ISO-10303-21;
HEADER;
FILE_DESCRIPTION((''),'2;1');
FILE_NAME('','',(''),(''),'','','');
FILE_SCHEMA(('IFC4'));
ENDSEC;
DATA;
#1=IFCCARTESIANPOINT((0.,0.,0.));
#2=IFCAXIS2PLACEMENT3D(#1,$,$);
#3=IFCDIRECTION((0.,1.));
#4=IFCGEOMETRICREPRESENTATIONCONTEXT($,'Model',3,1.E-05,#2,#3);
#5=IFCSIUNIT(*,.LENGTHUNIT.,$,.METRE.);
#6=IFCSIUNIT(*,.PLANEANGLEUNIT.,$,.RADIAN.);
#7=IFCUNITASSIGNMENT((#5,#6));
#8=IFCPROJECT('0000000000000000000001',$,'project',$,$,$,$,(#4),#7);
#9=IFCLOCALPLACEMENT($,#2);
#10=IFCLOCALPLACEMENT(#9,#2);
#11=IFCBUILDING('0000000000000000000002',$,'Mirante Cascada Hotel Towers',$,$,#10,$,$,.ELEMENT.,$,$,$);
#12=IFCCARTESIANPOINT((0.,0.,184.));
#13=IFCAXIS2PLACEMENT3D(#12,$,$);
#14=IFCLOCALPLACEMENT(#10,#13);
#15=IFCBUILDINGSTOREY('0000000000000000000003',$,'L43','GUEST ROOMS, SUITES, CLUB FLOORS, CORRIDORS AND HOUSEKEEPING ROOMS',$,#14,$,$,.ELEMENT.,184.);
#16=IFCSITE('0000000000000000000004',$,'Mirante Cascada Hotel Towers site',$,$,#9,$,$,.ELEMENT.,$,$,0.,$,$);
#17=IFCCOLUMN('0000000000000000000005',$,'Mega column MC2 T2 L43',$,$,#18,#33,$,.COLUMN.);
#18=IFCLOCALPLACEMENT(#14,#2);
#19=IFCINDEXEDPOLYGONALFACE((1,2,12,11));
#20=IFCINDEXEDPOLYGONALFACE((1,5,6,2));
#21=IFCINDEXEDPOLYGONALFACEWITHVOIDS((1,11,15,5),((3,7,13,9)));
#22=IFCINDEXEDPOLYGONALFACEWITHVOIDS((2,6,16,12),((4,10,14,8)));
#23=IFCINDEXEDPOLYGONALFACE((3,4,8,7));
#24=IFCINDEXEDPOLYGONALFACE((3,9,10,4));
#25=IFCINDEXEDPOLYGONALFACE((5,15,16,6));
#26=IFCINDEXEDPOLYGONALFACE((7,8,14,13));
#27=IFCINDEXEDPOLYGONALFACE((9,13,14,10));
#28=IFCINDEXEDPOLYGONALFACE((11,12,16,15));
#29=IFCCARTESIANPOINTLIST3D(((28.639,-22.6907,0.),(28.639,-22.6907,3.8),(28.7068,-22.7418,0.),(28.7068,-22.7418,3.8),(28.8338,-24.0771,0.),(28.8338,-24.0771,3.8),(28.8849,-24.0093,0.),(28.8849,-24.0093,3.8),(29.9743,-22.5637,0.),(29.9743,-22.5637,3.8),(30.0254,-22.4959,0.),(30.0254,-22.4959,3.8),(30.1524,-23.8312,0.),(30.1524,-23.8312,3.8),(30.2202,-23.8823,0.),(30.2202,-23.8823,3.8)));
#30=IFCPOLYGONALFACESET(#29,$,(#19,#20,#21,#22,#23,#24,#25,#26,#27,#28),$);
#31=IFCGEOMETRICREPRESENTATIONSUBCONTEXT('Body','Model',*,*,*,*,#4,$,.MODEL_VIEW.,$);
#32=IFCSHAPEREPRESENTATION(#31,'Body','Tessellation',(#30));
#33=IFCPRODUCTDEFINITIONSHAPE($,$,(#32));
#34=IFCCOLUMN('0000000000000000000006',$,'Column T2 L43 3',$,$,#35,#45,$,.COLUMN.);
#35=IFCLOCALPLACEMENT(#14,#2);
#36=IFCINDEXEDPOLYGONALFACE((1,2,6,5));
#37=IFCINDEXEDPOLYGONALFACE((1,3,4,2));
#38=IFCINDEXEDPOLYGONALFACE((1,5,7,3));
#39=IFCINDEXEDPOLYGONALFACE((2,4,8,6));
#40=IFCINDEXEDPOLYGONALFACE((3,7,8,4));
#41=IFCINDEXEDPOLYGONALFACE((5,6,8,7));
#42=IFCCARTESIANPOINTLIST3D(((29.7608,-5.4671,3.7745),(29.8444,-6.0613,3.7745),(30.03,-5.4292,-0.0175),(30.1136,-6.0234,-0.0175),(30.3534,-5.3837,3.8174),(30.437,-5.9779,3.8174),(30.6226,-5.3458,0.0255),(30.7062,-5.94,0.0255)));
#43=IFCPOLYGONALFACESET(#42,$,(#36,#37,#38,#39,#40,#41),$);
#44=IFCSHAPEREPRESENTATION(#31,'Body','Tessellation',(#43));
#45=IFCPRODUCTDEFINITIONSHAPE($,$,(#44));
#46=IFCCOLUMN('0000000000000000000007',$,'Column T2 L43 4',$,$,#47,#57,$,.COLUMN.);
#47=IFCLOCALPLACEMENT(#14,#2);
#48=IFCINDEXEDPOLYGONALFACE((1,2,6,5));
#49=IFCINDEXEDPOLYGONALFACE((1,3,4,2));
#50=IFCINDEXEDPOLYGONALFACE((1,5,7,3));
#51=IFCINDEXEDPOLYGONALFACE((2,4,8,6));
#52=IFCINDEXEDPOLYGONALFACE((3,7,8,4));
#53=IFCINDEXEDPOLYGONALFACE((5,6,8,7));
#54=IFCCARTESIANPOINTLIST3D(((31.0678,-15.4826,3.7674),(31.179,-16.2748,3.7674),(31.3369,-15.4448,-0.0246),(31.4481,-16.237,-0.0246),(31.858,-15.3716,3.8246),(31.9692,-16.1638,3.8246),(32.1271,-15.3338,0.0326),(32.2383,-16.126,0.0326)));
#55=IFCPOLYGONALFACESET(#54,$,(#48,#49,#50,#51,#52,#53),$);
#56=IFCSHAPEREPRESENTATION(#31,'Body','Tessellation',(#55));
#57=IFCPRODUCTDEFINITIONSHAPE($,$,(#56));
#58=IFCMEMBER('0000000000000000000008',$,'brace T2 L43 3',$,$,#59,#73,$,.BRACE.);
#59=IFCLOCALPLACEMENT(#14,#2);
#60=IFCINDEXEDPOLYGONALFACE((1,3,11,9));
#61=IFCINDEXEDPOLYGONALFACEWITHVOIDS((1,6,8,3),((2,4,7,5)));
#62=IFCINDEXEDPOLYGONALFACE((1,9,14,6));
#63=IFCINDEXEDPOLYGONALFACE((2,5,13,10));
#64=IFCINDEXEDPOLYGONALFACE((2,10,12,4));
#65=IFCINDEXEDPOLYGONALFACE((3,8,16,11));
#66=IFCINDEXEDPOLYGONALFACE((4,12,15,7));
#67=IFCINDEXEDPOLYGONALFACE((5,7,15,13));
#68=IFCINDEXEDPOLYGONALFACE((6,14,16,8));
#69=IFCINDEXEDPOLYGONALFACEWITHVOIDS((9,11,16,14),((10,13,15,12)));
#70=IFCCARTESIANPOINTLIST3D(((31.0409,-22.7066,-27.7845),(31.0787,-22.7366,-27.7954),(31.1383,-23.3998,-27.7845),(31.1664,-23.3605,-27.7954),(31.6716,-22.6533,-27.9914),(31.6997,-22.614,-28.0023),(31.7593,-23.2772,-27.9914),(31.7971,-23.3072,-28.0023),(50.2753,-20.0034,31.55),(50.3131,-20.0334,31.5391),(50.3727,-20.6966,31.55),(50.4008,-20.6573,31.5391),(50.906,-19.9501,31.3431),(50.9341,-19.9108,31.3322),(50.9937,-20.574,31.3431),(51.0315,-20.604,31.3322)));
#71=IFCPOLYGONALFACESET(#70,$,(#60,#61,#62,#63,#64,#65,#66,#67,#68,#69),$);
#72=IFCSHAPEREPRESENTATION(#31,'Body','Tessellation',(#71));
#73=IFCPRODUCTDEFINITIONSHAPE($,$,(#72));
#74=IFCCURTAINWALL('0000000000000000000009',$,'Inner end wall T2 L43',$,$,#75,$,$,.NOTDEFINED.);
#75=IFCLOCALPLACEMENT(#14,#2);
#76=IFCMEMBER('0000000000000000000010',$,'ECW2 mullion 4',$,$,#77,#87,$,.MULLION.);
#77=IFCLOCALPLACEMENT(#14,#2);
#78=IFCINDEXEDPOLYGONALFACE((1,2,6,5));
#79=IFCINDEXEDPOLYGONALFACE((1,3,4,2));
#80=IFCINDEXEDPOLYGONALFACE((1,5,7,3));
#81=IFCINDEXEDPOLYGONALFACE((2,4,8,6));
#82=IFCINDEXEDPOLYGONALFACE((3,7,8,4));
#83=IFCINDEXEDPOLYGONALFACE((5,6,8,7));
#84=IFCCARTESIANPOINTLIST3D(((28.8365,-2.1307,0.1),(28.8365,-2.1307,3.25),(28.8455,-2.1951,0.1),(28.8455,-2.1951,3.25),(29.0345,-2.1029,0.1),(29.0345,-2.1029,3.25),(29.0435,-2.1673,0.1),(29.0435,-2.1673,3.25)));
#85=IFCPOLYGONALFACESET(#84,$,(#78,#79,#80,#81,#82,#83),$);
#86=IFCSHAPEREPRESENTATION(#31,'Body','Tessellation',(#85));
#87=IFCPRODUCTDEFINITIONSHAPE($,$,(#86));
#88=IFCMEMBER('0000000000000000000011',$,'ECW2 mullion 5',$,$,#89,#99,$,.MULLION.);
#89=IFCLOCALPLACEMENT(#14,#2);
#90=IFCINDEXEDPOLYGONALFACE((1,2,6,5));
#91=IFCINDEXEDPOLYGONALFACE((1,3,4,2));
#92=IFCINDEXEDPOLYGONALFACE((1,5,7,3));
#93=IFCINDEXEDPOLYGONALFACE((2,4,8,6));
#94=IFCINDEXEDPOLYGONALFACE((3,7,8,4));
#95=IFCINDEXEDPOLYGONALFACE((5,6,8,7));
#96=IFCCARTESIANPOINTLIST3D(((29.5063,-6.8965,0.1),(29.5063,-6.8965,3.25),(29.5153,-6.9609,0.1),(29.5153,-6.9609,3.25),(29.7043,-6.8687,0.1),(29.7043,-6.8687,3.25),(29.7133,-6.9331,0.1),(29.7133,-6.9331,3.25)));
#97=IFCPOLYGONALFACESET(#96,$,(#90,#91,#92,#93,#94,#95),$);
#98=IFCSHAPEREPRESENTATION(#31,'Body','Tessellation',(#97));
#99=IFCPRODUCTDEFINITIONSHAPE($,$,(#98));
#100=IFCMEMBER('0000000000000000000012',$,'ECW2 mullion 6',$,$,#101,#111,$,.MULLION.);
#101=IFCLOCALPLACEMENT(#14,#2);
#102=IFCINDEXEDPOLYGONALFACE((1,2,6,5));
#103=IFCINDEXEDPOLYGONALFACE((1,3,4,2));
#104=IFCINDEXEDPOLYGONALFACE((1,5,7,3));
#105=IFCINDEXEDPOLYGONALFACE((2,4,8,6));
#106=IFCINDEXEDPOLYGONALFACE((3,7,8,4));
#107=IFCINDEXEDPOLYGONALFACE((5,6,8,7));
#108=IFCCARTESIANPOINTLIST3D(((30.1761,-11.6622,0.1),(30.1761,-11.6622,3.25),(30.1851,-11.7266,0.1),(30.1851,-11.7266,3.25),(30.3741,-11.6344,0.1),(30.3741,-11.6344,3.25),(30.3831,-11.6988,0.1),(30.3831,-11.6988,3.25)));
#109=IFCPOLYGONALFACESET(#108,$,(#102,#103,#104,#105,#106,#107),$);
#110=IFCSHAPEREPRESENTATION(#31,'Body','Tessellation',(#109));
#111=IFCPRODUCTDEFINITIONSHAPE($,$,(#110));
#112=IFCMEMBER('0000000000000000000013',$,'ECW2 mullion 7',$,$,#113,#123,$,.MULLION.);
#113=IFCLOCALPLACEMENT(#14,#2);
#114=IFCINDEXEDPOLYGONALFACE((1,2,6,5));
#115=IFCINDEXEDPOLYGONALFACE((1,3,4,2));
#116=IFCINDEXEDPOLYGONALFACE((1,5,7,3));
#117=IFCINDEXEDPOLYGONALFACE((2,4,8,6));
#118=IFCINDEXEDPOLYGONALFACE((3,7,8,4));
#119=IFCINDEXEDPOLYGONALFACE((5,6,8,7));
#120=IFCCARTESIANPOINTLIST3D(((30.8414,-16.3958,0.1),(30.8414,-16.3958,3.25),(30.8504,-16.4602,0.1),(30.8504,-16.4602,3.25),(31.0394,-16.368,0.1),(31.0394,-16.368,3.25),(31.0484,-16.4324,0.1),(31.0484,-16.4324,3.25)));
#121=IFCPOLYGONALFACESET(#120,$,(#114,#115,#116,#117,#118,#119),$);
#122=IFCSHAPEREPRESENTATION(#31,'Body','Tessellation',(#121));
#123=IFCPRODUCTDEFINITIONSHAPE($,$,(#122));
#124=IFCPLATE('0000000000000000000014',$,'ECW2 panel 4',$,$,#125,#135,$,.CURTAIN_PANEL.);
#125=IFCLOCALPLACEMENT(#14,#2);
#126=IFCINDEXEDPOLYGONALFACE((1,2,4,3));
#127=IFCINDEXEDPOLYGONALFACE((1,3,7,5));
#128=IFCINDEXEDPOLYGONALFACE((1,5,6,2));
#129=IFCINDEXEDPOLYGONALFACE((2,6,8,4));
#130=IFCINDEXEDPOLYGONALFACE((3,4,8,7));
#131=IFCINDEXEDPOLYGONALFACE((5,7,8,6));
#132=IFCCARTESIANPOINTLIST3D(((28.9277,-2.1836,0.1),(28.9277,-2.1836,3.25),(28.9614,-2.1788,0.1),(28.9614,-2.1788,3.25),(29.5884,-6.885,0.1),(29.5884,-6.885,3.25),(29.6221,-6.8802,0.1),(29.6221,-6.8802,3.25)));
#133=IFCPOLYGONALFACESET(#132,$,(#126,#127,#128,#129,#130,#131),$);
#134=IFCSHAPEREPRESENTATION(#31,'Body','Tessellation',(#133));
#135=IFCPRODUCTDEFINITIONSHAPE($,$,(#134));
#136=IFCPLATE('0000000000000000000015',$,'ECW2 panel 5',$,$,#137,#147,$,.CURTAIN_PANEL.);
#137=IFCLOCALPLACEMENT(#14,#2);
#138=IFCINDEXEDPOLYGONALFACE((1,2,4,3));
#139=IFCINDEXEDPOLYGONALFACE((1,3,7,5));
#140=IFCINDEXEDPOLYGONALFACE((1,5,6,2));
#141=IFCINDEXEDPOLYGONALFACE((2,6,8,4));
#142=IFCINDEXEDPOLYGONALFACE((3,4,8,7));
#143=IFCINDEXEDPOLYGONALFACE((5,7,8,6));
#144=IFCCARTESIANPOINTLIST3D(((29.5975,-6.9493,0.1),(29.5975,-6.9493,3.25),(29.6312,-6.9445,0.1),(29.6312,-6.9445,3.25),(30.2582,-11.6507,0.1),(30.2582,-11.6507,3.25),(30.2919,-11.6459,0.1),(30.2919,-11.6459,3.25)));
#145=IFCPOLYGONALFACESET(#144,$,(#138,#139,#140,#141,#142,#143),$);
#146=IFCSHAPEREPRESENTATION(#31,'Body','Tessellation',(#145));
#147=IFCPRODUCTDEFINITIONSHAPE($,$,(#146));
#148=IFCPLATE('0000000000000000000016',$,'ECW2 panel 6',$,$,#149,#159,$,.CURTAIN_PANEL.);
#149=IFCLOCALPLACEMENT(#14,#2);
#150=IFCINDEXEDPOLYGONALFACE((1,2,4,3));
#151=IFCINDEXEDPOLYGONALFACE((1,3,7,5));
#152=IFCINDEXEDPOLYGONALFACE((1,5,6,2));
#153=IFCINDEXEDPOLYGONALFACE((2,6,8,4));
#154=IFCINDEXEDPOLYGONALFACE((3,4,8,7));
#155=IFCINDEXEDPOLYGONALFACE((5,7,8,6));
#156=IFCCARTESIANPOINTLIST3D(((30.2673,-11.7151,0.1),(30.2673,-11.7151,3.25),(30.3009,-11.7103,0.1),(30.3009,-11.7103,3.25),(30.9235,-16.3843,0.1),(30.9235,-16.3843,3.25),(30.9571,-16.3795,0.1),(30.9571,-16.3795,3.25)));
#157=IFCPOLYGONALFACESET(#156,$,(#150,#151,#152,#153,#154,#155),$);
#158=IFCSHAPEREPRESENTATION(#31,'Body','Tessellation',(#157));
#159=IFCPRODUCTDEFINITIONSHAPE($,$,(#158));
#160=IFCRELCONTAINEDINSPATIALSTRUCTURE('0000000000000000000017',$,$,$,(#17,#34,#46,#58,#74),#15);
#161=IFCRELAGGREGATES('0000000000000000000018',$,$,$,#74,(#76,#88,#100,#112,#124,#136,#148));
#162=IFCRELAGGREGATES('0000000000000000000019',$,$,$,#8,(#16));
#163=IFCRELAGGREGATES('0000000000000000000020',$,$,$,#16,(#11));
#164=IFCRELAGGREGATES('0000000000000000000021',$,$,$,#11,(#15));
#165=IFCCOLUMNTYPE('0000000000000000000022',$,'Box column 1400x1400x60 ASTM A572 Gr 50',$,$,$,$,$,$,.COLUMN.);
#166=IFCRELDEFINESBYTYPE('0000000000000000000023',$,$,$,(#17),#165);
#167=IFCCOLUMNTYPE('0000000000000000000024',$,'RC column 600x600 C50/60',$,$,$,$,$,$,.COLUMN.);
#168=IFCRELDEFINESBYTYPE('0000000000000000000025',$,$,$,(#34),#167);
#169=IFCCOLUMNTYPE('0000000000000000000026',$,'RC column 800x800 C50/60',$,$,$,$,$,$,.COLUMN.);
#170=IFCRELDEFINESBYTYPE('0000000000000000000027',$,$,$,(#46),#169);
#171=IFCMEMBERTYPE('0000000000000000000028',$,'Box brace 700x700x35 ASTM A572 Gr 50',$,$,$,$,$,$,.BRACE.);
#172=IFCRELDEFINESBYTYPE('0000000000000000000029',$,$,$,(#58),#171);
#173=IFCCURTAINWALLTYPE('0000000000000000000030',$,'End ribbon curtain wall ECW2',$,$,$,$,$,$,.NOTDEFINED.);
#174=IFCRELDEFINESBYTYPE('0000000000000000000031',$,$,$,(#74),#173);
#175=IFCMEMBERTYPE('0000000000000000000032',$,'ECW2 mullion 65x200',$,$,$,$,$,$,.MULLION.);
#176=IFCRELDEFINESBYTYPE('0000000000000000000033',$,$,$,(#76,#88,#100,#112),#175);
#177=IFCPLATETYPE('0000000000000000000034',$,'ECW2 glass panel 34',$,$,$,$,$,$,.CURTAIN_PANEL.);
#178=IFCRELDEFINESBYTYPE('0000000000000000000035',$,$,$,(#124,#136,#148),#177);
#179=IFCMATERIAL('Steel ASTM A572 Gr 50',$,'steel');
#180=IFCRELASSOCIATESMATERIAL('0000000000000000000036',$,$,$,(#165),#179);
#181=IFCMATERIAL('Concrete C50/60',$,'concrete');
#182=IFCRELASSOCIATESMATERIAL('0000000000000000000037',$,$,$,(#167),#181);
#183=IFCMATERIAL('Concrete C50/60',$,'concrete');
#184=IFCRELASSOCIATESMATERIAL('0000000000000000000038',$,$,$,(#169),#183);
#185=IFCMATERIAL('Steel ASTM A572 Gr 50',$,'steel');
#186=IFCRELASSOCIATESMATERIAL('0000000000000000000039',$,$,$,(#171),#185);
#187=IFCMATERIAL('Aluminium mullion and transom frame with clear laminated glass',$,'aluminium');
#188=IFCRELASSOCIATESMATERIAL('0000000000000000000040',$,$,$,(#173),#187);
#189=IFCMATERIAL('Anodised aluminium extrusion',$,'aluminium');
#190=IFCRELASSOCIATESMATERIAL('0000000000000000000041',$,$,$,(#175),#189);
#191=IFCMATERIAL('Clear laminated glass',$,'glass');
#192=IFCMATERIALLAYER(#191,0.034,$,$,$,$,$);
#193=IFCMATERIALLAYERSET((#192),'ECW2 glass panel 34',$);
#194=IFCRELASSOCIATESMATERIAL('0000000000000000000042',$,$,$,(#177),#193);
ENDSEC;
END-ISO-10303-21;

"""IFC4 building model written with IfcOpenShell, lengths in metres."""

from ifc_helpers import new_model, si_unit, direction, frame, origin, origin_2d, place, context, subcontext, project, spatial, rectangle, hollow_rectangle, extrude, material, layer, layer_set, material_profile, profile_set, type_object, element, aggregate, save


model = new_model("IFC4")

# Units and contexts
model_context = context("Model", 3, precision=1e-05, world=origin(), true_north=direction((0.0, 1.0)))
body_context = subcontext(model_context, "Body", "Model", "MODEL_VIEW")
ifc_project = project(units=[si_unit("LENGTHUNIT", "METRE"), si_unit("PLANEANGLEUNIT", "RADIAN")], contexts=[model_context])

# Site, building, storey
site_placement = place(None, origin())
site = spatial("IfcSite", under=ifc_project, at=site_placement, Name="Mirante Cascada Hotel Towers site", CompositionType="ELEMENT", RefElevation=0.0)
building_placement = place(site_placement, origin())
building = spatial("IfcBuilding", under=site, at=building_placement, Name="Mirante Cascada Hotel Towers", CompositionType="ELEMENT")
storey_placement = place(building_placement, frame((0.0, 0.0, 184.0)))
storey = spatial("IfcBuildingStorey", under=building, at=storey_placement, Name="L43", Description="GUEST ROOMS, SUITES, CLUB FLOORS, CORRIDORS AND HOUSEKEEPING ROOMS", CompositionType="ELEMENT", Elevation=184.0)

# Columns
ifc_material_1 = material(Name="Steel ASTM A572 Gr 50", Category="steel")
ifc_material_profile_1 = material_profile(ifc_material_1, hollow_rectangle(XDim=1.4, YDim=1.4, WallThickness=0.06, at=origin_2d()), Name="Box column 1400x1400x60 ASTM A572 Gr 50")
ifc_profile_set_1 = profile_set([ifc_material_profile_1], Name="Steel ASTM A572 Gr 50")
column_type_1 = type_object("IfcColumnType", Name="Box column 1400x1400x60 ASTM A572 Gr 50", PredefinedType="COLUMN", material=ifc_profile_set_1)
column_1_placement = place(storey_placement, frame((29.4296, -23.2865, 0.0), z_axis=(0.0, 0.0, 1.0), x_axis=(0.990268, 0.139173, 0.0)))
element("IfcColumn", 1, at=column_1_placement, inside=storey, type_object=column_type_1, Name="Mega column MC2 T2 L43", PredefinedType="COLUMN", context=body_context, shape_type="SweptSolid", body=[
    extrude(hollow_rectangle(XDim=1.4, YDim=1.4, WallThickness=0.06, at=origin_2d()), origin(), (0.0, 0.0, 1.0), 3.8),
])
ifc_material_2 = material(Name="Concrete C50/60", Category="concrete")
ifc_material_profile_2 = material_profile(ifc_material_2, rectangle(XDim=0.6, YDim=0.6, at=origin_2d()), Name="RC column 600x600 C50/60")
ifc_profile_set_2 = profile_set([ifc_material_profile_2], Name="Concrete C50/60")
column_type_2 = type_object("IfcColumnType", Name="RC column 600x600 C50/60", PredefinedType="COLUMN", material=ifc_profile_set_2)
column_2_placement = place(storey_placement, frame((30.3681, -5.6846, 0.004), z_axis=(-0.07081, -0.009969, 0.99744), x_axis=(0.139413, -0.990234, 0.0)))
element("IfcColumn", 2, at=column_2_placement, inside=storey, type_object=column_type_2, Name="Column T2 L43 3", PredefinedType="COLUMN", context=body_context, shape_type="SweptSolid", body=[
    extrude(rectangle(XDim=0.6, YDim=0.6, at=origin_2d()), origin(), (0.0, 0.0, 1.0), 3.8017),
])
ifc_material_3 = material(Name="Concrete C50/60", Category="concrete")
ifc_material_profile_3 = material_profile(ifc_material_3, rectangle(XDim=0.8, YDim=0.8, at=origin_2d()), Name="RC column 800x800 C50/60")
ifc_profile_set_3 = profile_set([ifc_material_profile_3], Name="Concrete C50/60")
column_type_3 = type_object("IfcColumnType", Name="RC column 800x800 C50/60", PredefinedType="COLUMN", material=ifc_profile_set_3)
column_3_placement = place(storey_placement, frame((31.7876, -15.7854, 0.004), z_axis=(-0.070784, -0.009943, 0.997442), x_axis=(0.139103, -0.990278, 0.0)))
element("IfcColumn", 3, at=column_3_placement, inside=storey, type_object=column_type_3, Name="Column T2 L43 4", PredefinedType="COLUMN", context=body_context, shape_type="SweptSolid", body=[
    extrude(rectangle(XDim=0.8, YDim=0.8, at=origin_2d()), origin(), (0.0, 0.0, 1.0), 3.8017),
])

# Member
ifc_material_4 = material(Name="Steel ASTM A572 Gr 50", Category="steel")
ifc_material_profile_4 = material_profile(ifc_material_4, hollow_rectangle(XDim=0.7, YDim=0.7, WallThickness=0.035, at=origin_2d()), Name="Box brace 700x700x35 ASTM A572 Gr 50")
ifc_profile_set_4 = profile_set([ifc_material_profile_4], Name="Steel ASTM A572 Gr 50")
member_type_1 = type_object("IfcMemberType", Name="Box brace 700x700x35 ASTM A572 Gr 50", PredefinedType="BRACE", material=ifc_profile_set_4)
member_1_placement = place(storey_placement, frame((31.419, -23.0069, -27.8934), z_axis=(0.308082, 0.043298, 0.950374), x_axis=(-0.139172, 0.990268, 0.0)))
element("IfcMember", 4, at=member_1_placement, inside=storey, type_object=member_type_1, Name="brace T2 L43 3", PredefinedType="BRACE", context=body_context, shape_type="SweptSolid", body=[
    extrude(hollow_rectangle(XDim=0.7, YDim=0.7, WallThickness=0.035, at=origin_2d()), origin(), (0.0, 0.0, 1.0), 62.4328),
])

# Curtain wall, members, plates
ifc_material_5 = material(Name="Aluminium mullion and transom frame with clear laminated glass", Category="aluminium")
curtain_wall_type = type_object("IfcCurtainWallType", Name="End ribbon curtain wall ECW2", PredefinedType="NOTDEFINED", material=ifc_material_5)
curtain_wall_placement = place(storey_placement, origin())
curtain_wall = element("IfcCurtainWall", 5, at=curtain_wall_placement, inside=storey, type_object=curtain_wall_type, Name="Inner end wall T2 L43", PredefinedType="NOTDEFINED")
ifc_material_6 = material(Name="Anodised aluminium extrusion", Category="aluminium")
ifc_material_profile_5 = material_profile(ifc_material_6, rectangle(XDim=0.2, YDim=0.065, at=origin_2d()), Name="ECW2 MULLION 65x200")
ifc_profile_set_5 = profile_set([ifc_material_profile_5], Name="Anodised aluminium extrusion")
member_type_2 = type_object("IfcMemberType", Name="ECW2 mullion 65x200", PredefinedType="MULLION", material=ifc_profile_set_5)
member_2_placement = place(storey_placement, frame((28.94, -2.149, 0.1), z_axis=(0.0, 0.0, 1.0), x_axis=(0.990268, 0.139173, 0.0)))
member_2 = element("IfcMember", 6, at=member_2_placement, type_object=member_type_2, Name="ECW2 mullion 4", PredefinedType="MULLION", context=body_context, shape_type="SweptSolid", body=[
    extrude(rectangle(XDim=0.2, YDim=0.065, at=origin_2d()), origin(), (0.0, 0.0, 1.0), 3.15),
])
member_3_placement = place(storey_placement, frame((29.6098, -6.9148, 0.1), z_axis=(0.0, 0.0, 1.0), x_axis=(0.990268, 0.139173, 0.0)))
member_3 = element("IfcMember", 7, at=member_3_placement, type_object=member_type_2, Name="ECW2 mullion 5", PredefinedType="MULLION", context=body_context, shape_type="SweptSolid", body=[
    extrude(rectangle(XDim=0.2, YDim=0.065, at=origin_2d()), origin(), (0.0, 0.0, 1.0), 3.15),
])
member_4_placement = place(storey_placement, frame((30.2796, -11.6805, 0.1), z_axis=(0.0, 0.0, 1.0), x_axis=(0.990268, 0.139173, 0.0)))
member_4 = element("IfcMember", 8, at=member_4_placement, type_object=member_type_2, Name="ECW2 mullion 6", PredefinedType="MULLION", context=body_context, shape_type="SweptSolid", body=[
    extrude(rectangle(XDim=0.2, YDim=0.065, at=origin_2d()), origin(), (0.0, 0.0, 1.0), 3.15),
])
member_5_placement = place(storey_placement, frame((30.9449, -16.4141, 0.1), z_axis=(0.0, 0.0, 1.0), x_axis=(0.990268, 0.139173, 0.0)))
member_5 = element("IfcMember", 9, at=member_5_placement, type_object=member_type_2, Name="ECW2 mullion 7", PredefinedType="MULLION", context=body_context, shape_type="SweptSolid", body=[
    extrude(rectangle(XDim=0.2, YDim=0.065, at=origin_2d()), origin(), (0.0, 0.0, 1.0), 3.15),
])
ifc_material_7 = material(Name="Clear laminated glass", Category="glass")
ifc_layer_1 = layer(ifc_material_7, 0.034)
ifc_layer_set_1 = layer_set([ifc_layer_1], Name="ECW2 glass panel 34")
plate_type = type_object("IfcPlateType", Name="ECW2 glass panel 34", PredefinedType="CURTAIN_PANEL", material=ifc_layer_set_1)
plate_1_placement = place(storey_placement, frame((29.2749, -4.5319, 0.1), z_axis=(0.0, 0.0, 1.0), x_axis=(0.139173, -0.990268, 0.0)))
plate_1 = element("IfcPlate", 10, at=plate_1_placement, type_object=plate_type, Name="ECW2 panel 4", PredefinedType="CURTAIN_PANEL", context=body_context, shape_type="SweptSolid", body=[
    extrude(rectangle(XDim=4.7476, YDim=0.034, at=origin_2d()), origin(), (0.0, 0.0, 1.0), 3.15),
])
plate_2_placement = place(storey_placement, frame((29.9447, -9.2976, 0.1), z_axis=(0.0, 0.0, 1.0), x_axis=(0.139173, -0.990268, 0.0)))
plate_2 = element("IfcPlate", 11, at=plate_2_placement, type_object=plate_type, Name="ECW2 panel 5", PredefinedType="CURTAIN_PANEL", context=body_context, shape_type="SweptSolid", body=[
    extrude(rectangle(XDim=4.7476, YDim=0.034, at=origin_2d()), origin(), (0.0, 0.0, 1.0), 3.15),
])
plate_3_placement = place(storey_placement, frame((30.6122, -14.0473, 0.1), z_axis=(0.0, 0.0, 1.0), x_axis=(0.139173, -0.990268, 0.0)))
plate_3 = element("IfcPlate", 12, at=plate_3_placement, type_object=plate_type, Name="ECW2 panel 6", PredefinedType="CURTAIN_PANEL", context=body_context, shape_type="SweptSolid", body=[
    extrude(rectangle(XDim=4.7151, YDim=0.034, at=origin_2d()), origin(), (0.0, 0.0, 1.0), 3.15),
])
aggregate(curtain_wall, [member_2, member_3, member_4, member_5, plate_1, plate_2, plate_3])

save(model, "model.ifc")
